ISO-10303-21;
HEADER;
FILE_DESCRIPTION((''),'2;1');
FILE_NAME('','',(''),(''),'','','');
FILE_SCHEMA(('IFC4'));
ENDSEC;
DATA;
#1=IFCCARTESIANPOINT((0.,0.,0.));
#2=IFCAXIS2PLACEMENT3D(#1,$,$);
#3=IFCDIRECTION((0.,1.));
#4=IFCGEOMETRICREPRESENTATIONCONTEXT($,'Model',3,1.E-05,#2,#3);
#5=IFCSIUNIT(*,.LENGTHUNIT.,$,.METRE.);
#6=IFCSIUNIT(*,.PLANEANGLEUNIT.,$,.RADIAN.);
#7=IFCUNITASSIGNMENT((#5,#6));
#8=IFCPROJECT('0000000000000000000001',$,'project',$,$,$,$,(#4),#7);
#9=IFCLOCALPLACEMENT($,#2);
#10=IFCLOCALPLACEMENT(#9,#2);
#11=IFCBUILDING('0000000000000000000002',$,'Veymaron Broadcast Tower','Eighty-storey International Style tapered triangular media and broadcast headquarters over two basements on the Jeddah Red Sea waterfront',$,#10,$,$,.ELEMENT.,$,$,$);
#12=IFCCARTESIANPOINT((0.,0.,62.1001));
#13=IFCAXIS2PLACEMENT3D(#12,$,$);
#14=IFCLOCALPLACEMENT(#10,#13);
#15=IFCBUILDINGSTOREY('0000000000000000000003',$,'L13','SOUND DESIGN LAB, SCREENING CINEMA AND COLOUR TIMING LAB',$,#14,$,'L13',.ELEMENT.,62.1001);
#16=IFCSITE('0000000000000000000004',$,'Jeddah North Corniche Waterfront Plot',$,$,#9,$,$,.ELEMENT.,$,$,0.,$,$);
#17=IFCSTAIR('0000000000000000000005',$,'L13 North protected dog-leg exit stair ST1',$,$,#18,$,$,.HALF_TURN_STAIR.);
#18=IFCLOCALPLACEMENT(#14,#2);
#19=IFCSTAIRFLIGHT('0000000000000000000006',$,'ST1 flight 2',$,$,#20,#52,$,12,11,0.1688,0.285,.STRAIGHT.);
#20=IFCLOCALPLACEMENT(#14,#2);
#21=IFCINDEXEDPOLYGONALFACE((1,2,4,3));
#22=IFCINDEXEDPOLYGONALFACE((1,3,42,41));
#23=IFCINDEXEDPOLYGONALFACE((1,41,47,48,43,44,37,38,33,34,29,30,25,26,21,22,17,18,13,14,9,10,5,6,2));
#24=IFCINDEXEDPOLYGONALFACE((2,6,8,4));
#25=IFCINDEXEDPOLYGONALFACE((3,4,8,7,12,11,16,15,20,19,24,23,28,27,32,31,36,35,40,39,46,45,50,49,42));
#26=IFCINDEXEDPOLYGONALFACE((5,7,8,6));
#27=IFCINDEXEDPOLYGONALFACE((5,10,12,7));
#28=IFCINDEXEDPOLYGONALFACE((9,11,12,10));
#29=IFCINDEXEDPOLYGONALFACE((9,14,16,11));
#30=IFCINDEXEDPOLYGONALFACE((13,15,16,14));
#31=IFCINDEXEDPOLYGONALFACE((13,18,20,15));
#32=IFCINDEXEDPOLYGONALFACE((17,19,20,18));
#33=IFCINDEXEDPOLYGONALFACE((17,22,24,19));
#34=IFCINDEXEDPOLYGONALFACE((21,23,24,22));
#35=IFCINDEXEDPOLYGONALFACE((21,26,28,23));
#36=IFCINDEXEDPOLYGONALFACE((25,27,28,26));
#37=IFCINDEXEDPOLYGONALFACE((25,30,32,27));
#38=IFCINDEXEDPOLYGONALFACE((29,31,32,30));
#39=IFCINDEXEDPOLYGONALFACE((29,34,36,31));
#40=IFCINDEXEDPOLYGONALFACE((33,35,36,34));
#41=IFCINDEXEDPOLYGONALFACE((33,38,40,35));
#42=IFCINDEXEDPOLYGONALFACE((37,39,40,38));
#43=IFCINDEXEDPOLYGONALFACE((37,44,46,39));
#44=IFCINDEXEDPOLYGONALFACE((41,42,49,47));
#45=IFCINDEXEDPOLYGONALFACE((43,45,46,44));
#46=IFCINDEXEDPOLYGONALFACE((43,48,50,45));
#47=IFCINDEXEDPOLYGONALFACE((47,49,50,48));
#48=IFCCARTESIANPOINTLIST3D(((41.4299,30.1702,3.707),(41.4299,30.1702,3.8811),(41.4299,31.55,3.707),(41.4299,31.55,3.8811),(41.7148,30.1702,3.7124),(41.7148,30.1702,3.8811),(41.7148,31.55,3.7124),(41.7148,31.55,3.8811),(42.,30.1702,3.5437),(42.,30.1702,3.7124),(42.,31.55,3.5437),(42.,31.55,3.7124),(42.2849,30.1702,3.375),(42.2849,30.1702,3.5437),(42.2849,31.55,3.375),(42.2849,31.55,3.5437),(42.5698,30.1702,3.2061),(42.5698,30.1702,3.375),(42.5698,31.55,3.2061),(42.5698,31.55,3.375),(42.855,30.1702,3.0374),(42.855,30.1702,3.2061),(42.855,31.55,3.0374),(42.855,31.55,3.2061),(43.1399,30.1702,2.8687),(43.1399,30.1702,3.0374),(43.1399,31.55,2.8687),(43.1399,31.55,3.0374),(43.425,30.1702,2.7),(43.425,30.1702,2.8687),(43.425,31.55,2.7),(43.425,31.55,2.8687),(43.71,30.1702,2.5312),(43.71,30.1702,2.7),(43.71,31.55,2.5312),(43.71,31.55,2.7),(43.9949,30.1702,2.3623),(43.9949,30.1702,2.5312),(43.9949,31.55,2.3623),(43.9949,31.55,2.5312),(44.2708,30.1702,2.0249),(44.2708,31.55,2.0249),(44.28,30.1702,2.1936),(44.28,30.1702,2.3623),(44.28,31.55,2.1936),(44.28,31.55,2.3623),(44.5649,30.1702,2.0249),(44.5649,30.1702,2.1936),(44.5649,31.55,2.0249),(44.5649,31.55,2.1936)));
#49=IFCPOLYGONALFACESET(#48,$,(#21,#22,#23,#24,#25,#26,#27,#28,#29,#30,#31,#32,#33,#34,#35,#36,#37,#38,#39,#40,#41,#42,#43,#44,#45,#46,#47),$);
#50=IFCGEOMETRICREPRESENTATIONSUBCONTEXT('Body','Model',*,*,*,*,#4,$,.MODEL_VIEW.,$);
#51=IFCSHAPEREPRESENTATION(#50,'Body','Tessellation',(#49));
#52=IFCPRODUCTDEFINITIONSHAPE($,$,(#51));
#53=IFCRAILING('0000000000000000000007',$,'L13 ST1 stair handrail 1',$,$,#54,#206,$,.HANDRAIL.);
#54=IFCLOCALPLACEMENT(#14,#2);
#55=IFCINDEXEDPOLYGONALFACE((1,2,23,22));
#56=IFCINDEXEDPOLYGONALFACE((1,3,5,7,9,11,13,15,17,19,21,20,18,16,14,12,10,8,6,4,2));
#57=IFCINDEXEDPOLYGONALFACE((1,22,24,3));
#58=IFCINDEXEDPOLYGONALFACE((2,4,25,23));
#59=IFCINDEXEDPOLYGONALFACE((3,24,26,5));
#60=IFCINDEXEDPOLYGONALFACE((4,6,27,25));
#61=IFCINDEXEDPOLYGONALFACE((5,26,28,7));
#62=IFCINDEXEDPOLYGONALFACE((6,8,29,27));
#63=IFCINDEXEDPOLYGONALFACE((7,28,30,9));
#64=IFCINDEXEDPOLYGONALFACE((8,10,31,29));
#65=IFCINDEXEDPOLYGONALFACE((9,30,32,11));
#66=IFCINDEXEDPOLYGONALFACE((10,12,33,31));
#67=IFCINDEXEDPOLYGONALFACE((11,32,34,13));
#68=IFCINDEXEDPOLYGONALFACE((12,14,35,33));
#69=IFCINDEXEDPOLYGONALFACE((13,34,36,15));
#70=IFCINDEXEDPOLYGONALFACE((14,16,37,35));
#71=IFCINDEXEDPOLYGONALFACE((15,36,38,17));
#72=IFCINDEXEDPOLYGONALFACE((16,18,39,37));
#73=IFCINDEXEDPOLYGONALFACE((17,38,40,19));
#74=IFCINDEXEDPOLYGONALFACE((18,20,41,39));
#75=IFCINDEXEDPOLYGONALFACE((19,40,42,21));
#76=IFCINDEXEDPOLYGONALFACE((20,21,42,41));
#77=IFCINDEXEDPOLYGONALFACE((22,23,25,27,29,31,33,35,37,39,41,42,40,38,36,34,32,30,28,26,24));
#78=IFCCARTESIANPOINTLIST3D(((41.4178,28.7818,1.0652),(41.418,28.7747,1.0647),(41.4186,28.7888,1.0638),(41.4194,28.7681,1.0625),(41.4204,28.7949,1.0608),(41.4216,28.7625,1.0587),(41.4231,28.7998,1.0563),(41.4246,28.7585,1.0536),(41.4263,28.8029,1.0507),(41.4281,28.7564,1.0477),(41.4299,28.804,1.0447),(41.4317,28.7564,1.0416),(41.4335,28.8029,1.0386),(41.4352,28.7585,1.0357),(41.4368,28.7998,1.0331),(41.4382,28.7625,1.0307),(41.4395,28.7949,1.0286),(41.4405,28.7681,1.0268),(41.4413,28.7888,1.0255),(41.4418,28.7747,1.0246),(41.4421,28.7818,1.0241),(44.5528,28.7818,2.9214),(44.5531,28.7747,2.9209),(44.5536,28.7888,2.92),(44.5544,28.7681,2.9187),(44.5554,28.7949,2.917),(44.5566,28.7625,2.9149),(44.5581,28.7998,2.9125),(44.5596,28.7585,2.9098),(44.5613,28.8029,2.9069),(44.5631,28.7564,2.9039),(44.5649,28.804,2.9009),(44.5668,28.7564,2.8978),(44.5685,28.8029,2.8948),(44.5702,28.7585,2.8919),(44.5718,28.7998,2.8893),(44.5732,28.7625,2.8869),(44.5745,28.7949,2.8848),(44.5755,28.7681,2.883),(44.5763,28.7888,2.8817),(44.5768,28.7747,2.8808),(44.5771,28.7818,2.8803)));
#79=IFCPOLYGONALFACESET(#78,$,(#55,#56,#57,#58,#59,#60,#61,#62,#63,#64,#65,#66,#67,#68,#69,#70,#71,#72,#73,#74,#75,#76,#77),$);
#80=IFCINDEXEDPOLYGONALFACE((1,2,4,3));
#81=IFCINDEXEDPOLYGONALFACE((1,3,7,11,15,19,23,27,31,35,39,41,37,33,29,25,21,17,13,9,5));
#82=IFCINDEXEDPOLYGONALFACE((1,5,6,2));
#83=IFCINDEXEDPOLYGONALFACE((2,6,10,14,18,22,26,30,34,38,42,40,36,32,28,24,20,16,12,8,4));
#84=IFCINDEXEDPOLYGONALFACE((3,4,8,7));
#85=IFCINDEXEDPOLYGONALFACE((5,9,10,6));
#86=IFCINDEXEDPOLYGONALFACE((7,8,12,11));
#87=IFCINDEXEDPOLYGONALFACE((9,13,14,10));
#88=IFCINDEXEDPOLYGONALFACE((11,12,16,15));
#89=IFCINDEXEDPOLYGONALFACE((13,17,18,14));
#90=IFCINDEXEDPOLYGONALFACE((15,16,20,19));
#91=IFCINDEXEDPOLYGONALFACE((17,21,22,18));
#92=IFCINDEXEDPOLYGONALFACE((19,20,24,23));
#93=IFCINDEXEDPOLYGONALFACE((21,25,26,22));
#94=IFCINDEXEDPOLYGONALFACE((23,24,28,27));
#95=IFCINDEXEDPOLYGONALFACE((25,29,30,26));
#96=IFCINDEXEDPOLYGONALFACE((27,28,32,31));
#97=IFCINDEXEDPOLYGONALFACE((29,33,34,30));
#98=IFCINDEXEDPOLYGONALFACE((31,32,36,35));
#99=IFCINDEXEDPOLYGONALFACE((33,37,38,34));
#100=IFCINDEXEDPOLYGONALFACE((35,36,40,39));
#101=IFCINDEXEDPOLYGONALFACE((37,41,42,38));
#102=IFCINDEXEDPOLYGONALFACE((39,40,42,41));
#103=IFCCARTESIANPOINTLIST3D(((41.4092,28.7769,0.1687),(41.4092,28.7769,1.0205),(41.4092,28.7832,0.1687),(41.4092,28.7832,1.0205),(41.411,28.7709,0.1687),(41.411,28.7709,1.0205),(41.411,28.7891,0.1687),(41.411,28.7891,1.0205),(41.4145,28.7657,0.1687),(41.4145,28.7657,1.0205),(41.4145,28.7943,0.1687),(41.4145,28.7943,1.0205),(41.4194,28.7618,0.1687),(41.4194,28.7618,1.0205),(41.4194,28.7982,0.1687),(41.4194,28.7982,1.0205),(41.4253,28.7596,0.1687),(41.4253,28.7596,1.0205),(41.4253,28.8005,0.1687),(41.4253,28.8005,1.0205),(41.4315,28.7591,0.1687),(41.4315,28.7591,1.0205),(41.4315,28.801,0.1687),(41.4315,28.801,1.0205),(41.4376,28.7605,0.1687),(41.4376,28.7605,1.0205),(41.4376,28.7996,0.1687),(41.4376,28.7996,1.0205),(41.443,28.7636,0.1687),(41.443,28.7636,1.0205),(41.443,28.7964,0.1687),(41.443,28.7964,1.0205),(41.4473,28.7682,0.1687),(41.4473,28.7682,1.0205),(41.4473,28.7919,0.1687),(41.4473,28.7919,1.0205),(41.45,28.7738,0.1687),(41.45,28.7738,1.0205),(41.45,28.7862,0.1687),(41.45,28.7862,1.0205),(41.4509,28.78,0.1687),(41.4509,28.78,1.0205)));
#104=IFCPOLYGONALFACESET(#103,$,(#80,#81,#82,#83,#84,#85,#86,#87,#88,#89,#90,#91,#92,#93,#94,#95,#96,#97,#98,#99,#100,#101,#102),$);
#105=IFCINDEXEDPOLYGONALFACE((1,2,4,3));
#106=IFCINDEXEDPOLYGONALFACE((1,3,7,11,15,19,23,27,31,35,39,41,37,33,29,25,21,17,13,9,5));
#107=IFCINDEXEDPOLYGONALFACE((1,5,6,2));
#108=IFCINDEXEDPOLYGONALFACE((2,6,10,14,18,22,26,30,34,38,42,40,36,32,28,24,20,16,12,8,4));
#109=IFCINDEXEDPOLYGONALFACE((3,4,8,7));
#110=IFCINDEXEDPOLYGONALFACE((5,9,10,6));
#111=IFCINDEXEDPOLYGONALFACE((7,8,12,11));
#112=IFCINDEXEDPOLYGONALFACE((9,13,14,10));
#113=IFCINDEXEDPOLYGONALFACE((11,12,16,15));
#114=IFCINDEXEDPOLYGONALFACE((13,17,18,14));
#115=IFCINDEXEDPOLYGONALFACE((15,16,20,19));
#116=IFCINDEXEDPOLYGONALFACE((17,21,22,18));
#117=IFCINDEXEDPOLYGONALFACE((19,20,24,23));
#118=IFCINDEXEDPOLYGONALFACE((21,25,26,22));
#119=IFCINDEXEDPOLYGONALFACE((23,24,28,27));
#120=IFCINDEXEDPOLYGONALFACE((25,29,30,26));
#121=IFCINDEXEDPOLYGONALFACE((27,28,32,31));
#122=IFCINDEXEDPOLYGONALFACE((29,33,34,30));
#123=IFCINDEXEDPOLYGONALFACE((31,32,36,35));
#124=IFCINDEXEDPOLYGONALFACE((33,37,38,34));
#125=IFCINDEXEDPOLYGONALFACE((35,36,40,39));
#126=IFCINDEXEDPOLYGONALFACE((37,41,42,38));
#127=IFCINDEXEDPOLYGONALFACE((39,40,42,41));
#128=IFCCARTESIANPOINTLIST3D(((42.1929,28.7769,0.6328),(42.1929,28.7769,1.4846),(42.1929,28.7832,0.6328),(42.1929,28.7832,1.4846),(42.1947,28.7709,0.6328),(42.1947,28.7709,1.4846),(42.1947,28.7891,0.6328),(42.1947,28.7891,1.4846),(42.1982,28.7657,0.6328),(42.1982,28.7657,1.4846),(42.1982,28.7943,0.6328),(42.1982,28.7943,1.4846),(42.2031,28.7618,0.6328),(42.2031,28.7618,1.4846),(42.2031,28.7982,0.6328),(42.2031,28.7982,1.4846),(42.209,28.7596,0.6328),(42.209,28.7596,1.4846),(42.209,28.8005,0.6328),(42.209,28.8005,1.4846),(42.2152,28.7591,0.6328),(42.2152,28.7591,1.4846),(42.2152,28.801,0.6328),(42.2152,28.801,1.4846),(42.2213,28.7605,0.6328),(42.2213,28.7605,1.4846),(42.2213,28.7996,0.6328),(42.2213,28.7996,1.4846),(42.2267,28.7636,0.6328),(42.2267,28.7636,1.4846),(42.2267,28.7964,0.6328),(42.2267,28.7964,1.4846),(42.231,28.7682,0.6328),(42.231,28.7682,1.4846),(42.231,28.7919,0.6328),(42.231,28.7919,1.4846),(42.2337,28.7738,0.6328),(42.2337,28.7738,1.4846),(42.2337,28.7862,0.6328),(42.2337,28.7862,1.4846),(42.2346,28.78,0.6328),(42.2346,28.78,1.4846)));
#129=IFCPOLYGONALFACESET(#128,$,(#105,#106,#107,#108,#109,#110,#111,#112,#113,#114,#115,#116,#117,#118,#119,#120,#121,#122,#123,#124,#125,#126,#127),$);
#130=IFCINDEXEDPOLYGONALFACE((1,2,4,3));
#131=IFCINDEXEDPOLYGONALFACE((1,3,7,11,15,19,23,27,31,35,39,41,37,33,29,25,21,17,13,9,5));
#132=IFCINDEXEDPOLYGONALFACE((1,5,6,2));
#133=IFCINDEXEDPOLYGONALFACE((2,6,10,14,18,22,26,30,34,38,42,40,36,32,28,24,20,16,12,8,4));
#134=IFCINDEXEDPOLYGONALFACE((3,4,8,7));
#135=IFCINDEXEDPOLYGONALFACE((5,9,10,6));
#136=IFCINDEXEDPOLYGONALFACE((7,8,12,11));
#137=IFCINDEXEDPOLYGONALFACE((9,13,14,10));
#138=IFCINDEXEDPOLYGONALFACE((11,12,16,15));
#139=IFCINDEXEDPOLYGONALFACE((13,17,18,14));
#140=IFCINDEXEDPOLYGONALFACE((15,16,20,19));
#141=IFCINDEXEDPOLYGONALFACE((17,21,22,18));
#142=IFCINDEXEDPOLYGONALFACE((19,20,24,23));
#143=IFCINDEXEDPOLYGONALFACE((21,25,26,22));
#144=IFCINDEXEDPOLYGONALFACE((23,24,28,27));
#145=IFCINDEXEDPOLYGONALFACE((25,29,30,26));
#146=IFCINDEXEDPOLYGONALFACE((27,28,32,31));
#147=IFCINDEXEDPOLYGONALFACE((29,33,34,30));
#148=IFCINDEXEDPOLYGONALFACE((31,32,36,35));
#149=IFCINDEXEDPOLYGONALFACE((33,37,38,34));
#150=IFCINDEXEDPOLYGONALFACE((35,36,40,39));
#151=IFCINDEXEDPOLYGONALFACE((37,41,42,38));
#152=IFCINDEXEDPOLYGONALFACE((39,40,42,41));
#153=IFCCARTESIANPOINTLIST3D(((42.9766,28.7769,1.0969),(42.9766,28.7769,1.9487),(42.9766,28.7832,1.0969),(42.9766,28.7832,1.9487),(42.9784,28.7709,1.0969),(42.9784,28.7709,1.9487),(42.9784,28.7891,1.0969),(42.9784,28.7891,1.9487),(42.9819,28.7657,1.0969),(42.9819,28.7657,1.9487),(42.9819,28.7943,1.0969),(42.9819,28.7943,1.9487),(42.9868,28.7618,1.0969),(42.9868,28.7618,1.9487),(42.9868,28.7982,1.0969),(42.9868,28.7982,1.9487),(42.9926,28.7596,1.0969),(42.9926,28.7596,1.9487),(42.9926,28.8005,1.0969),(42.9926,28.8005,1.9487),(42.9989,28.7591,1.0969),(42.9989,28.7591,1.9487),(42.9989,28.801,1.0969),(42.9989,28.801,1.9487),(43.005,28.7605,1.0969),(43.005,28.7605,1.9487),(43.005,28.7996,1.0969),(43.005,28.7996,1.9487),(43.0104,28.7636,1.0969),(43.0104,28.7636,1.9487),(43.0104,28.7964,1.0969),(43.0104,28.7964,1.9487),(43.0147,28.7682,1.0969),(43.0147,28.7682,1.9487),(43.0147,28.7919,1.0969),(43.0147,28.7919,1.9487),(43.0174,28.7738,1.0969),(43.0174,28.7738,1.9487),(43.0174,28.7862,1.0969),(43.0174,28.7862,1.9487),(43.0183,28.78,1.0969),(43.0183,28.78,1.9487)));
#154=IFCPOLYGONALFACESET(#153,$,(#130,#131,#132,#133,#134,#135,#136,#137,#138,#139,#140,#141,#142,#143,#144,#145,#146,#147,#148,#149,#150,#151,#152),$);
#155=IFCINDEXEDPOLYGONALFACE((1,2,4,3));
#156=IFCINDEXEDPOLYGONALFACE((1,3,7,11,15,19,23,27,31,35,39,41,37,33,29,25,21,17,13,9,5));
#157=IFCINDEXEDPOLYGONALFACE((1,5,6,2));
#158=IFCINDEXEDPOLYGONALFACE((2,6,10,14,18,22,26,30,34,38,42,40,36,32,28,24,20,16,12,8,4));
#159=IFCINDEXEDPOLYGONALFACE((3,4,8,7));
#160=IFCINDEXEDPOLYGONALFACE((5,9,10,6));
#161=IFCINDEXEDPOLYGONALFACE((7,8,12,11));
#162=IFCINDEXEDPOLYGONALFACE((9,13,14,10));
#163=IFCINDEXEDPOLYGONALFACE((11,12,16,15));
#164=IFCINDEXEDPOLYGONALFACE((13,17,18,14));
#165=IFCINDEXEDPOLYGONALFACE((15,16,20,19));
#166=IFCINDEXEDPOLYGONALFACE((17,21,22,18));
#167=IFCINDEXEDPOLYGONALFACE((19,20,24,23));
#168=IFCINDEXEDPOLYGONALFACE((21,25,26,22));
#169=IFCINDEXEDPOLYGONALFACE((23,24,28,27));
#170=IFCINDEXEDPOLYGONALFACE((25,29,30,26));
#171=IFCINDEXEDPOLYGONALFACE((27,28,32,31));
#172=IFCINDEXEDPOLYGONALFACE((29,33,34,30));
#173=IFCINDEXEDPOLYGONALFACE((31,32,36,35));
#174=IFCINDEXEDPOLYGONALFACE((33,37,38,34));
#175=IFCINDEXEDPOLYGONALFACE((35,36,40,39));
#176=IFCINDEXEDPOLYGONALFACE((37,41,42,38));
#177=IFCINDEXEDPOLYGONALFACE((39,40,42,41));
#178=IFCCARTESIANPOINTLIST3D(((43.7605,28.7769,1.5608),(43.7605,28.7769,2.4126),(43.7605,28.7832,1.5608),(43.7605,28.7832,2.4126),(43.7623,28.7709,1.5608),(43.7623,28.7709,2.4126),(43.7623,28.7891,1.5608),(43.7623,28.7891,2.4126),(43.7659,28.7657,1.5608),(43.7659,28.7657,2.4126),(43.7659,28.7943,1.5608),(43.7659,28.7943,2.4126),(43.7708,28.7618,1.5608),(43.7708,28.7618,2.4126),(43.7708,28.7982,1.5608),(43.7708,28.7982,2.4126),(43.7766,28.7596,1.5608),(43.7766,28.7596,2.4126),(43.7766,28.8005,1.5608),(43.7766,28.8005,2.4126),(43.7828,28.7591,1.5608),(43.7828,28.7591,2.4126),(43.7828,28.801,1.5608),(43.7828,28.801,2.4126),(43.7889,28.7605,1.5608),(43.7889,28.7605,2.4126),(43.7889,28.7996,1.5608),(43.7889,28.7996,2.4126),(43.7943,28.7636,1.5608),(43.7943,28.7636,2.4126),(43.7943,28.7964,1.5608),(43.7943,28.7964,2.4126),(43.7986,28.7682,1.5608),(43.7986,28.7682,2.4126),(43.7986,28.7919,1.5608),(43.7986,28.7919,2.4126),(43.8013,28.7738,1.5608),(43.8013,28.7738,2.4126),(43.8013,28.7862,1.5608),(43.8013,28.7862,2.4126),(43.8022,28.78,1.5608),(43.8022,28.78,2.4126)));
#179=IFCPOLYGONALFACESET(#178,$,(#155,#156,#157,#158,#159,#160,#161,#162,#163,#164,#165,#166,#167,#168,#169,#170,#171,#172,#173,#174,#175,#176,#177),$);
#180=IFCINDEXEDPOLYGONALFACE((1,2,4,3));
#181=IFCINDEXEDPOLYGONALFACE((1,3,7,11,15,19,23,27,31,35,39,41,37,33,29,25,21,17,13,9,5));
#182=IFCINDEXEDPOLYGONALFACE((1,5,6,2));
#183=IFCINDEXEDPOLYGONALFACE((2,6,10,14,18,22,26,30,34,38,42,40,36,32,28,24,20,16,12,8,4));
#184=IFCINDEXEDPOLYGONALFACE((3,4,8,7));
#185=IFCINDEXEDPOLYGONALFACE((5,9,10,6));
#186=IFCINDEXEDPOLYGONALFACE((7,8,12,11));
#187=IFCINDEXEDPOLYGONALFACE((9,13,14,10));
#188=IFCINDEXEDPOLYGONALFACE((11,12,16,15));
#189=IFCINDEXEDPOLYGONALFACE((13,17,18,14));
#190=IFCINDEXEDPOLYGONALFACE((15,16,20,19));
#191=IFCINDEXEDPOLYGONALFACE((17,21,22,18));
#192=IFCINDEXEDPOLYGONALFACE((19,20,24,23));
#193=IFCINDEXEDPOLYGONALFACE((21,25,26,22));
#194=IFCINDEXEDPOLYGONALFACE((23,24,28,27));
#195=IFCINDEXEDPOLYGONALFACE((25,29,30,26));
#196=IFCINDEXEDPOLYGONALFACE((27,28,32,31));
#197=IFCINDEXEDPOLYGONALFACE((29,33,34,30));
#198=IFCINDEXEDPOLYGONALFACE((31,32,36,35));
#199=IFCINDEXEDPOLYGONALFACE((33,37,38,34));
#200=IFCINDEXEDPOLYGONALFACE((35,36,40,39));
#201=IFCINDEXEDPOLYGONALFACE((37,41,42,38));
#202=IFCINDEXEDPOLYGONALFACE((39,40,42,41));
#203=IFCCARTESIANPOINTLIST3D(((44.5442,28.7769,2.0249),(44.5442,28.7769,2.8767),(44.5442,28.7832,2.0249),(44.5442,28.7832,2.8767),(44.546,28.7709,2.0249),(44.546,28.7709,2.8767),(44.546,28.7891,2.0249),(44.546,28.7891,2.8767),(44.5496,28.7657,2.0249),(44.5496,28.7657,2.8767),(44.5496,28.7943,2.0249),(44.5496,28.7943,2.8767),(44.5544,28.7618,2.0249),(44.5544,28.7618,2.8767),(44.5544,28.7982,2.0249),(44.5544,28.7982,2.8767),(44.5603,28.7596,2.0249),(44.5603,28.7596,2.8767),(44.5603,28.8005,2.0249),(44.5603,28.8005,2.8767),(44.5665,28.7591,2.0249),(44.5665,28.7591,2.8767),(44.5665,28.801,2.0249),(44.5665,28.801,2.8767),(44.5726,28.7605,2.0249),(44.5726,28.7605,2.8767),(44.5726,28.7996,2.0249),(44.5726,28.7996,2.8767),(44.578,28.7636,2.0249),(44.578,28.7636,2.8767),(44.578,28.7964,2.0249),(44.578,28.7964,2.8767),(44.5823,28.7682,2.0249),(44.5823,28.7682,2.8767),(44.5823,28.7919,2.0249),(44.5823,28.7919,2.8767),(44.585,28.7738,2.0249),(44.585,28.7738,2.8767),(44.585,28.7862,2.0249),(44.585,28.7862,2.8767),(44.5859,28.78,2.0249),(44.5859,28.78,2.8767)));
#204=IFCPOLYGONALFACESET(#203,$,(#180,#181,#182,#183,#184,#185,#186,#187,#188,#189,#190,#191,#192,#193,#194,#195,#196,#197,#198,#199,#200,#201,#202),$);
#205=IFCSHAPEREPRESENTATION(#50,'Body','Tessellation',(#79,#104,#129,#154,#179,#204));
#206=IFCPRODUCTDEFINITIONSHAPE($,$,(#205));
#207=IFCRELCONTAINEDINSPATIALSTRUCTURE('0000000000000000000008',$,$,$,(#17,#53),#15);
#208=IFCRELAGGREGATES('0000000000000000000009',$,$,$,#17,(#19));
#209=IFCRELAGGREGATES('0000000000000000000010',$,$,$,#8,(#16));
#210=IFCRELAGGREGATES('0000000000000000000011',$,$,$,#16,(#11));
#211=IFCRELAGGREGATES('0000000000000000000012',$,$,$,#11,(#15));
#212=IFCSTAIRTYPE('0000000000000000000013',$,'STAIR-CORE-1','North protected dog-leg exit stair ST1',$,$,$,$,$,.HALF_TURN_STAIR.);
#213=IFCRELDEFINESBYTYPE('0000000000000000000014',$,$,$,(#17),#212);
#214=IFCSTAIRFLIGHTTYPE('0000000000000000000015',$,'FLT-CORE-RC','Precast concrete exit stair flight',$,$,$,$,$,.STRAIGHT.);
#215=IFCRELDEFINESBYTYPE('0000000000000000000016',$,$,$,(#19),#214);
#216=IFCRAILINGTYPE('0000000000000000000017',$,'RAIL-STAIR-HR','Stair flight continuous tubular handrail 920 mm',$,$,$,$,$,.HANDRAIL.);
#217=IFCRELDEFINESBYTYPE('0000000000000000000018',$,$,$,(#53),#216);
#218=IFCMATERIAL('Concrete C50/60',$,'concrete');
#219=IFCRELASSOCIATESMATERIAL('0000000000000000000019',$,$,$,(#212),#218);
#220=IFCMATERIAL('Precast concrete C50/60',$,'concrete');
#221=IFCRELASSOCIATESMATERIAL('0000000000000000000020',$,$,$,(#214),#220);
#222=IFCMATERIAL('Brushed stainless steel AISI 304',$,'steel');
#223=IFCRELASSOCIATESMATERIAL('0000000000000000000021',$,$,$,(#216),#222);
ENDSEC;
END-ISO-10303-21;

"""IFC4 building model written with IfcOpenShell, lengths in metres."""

from ifc_helpers import new_model, si_unit, direction, frame, origin, origin_2d, place, context, subcontext, project, spatial, polyline, circle, outline, extrude, material, type_object, element, aggregate, save


model = new_model("IFC4")

# Units and contexts
model_context = context("Model", 3, precision=1e-05, world=origin(), true_north=direction((0.0, 1.0)))
body_context = subcontext(model_context, "Body", "Model", "MODEL_VIEW")
ifc_project = project(units=[si_unit("LENGTHUNIT", "METRE"), si_unit("PLANEANGLEUNIT", "RADIAN")], contexts=[model_context])

# Site, building, storey
site_placement = place(None, origin())
site = spatial("IfcSite", under=ifc_project, at=site_placement, Name="Jeddah North Corniche Waterfront Plot", CompositionType="ELEMENT", RefElevation=0.0)
building_placement = place(site_placement, origin())
building = spatial("IfcBuilding", under=site, at=building_placement, Name="Veymaron Broadcast Tower", Description="Eighty-storey International Style tapered triangular media and broadcast headquarters over two basements on the Jeddah Red Sea waterfront", CompositionType="ELEMENT")
storey_placement = place(building_placement, frame((0.0, 0.0, 62.1001)))
storey = spatial("IfcBuildingStorey", under=building, at=storey_placement, Name="L13", Description="SOUND DESIGN LAB, SCREENING CINEMA AND COLOUR TIMING LAB", LongName="L13", CompositionType="ELEMENT", Elevation=62.1001)

# Shared definitions
ifc_material_1 = material(Name="Concrete C50/60", Category="concrete")

# Stair, stair flight
stair_type = type_object("IfcStairType", Name="STAIR-CORE-1", Description="North protected dog-leg exit stair ST1", PredefinedType="HALF_TURN_STAIR", material=ifc_material_1)
stair_placement = place(storey_placement, origin())
stair = element("IfcStair", 1, at=stair_placement, inside=storey, type_object=stair_type, Name="L13 North protected dog-leg exit stair ST1", PredefinedType="HALF_TURN_STAIR")
ifc_material_2 = material(Name="Precast concrete C50/60", Category="concrete")
stair_flight_type = type_object("IfcStairFlightType", Name="FLT-CORE-RC", Description="Precast concrete exit stair flight", PredefinedType="STRAIGHT", material=ifc_material_2)
stair_flight_1_placement = place(storey_placement, frame((44.5649, 30.8601, 2.0249), z_axis=(0.0, 0.0, 1.0), x_axis=(-1.0, 0.0, 0.0)))
stair_flight_1 = element("IfcStairFlight", 2, at=stair_flight_1_placement, type_object=stair_flight_type, Name="ST1 flight 2", NumberOfRisers=12, NumberOfTreads=11, PredefinedType="STRAIGHT", RiserHeight=0.1688, TreadLength=0.285, context=body_context, shape_type="SweptSolid", body=[
    extrude(outline(polyline([(0.0, 0.0), (0.0, 0.1687), (0.2849, 0.1687), (0.2849, 0.3374), (0.5701, 0.3374), (0.5701, 0.5063), (0.855, 0.5063), (0.855, 0.675), (1.1399, 0.675), (1.1399, 0.8438), (1.425, 0.8438), (1.425, 1.0125), (1.71, 1.0125), (1.71, 1.1812), (1.9951, 1.1812), (1.9951, 1.3501), (2.28, 1.3501), (2.28, 1.5188), (2.5649, 1.5188), (2.5649, 1.6875), (2.8501, 1.6875), (2.8501, 1.8562), (3.135, 1.8562), (3.135, 2.0249), (3.135, 1.6821), (0.2942, 0.0), (0.0, 0.0)])), frame((0.0, 0.6899, 0.0), z_axis=(0.0, -1.0, 0.0), x_axis=(1.0, 0.0, 0.0)), (0.0, 0.0, 1.0), 1.3799),
])
aggregate(stair, [stair_flight_1])

# Railing
ifc_material_3 = material(Name="Brushed stainless steel AISI 304", Category="steel")
railing_type_1 = type_object("IfcRailingType", Name="RAIL-STAIR-HR", Description="Stair flight continuous tubular handrail 920 mm", PredefinedType="HANDRAIL", material=ifc_material_3)
railing_1_placement = place(storey_placement, frame((41.4299, 28.78, 0.1687)))
element("IfcRailing", 3, at=railing_1_placement, inside=storey, type_object=railing_type_1, Name="L13 ST1 stair handrail 1", PredefinedType="HANDRAIL", context=body_context, shape_type="SweptSolid", body=[
    extrude(circle(Radius=0.0239, at=origin_2d()), frame((0.0, 0.0, 0.876), z_axis=(0.860482, 0.0, 0.509481), x_axis=(0.0, 1.0, 0.0)), (0.0, 0.0, 1.0), 3.6433),
    extrude(circle(Radius=0.021, at=origin_2d()), origin(), (0.0, 0.0, 1.0), 0.8518),
    extrude(circle(Radius=0.021, at=origin_2d()), frame((0.7837, 0.0, 0.4641)), (0.0, 0.0, 1.0), 0.8518),
    extrude(circle(Radius=0.021, at=origin_2d()), frame((1.5674, 0.0, 0.9282)), (0.0, 0.0, 1.0), 0.8518),
    extrude(circle(Radius=0.021, at=origin_2d()), frame((2.3513, 0.0, 1.3921)), (0.0, 0.0, 1.0), 0.8518),
    extrude(circle(Radius=0.021, at=origin_2d()), frame((3.135, 0.0, 1.8562)), (0.0, 0.0, 1.0), 0.8518),
])

save(model, "model.ifc")
